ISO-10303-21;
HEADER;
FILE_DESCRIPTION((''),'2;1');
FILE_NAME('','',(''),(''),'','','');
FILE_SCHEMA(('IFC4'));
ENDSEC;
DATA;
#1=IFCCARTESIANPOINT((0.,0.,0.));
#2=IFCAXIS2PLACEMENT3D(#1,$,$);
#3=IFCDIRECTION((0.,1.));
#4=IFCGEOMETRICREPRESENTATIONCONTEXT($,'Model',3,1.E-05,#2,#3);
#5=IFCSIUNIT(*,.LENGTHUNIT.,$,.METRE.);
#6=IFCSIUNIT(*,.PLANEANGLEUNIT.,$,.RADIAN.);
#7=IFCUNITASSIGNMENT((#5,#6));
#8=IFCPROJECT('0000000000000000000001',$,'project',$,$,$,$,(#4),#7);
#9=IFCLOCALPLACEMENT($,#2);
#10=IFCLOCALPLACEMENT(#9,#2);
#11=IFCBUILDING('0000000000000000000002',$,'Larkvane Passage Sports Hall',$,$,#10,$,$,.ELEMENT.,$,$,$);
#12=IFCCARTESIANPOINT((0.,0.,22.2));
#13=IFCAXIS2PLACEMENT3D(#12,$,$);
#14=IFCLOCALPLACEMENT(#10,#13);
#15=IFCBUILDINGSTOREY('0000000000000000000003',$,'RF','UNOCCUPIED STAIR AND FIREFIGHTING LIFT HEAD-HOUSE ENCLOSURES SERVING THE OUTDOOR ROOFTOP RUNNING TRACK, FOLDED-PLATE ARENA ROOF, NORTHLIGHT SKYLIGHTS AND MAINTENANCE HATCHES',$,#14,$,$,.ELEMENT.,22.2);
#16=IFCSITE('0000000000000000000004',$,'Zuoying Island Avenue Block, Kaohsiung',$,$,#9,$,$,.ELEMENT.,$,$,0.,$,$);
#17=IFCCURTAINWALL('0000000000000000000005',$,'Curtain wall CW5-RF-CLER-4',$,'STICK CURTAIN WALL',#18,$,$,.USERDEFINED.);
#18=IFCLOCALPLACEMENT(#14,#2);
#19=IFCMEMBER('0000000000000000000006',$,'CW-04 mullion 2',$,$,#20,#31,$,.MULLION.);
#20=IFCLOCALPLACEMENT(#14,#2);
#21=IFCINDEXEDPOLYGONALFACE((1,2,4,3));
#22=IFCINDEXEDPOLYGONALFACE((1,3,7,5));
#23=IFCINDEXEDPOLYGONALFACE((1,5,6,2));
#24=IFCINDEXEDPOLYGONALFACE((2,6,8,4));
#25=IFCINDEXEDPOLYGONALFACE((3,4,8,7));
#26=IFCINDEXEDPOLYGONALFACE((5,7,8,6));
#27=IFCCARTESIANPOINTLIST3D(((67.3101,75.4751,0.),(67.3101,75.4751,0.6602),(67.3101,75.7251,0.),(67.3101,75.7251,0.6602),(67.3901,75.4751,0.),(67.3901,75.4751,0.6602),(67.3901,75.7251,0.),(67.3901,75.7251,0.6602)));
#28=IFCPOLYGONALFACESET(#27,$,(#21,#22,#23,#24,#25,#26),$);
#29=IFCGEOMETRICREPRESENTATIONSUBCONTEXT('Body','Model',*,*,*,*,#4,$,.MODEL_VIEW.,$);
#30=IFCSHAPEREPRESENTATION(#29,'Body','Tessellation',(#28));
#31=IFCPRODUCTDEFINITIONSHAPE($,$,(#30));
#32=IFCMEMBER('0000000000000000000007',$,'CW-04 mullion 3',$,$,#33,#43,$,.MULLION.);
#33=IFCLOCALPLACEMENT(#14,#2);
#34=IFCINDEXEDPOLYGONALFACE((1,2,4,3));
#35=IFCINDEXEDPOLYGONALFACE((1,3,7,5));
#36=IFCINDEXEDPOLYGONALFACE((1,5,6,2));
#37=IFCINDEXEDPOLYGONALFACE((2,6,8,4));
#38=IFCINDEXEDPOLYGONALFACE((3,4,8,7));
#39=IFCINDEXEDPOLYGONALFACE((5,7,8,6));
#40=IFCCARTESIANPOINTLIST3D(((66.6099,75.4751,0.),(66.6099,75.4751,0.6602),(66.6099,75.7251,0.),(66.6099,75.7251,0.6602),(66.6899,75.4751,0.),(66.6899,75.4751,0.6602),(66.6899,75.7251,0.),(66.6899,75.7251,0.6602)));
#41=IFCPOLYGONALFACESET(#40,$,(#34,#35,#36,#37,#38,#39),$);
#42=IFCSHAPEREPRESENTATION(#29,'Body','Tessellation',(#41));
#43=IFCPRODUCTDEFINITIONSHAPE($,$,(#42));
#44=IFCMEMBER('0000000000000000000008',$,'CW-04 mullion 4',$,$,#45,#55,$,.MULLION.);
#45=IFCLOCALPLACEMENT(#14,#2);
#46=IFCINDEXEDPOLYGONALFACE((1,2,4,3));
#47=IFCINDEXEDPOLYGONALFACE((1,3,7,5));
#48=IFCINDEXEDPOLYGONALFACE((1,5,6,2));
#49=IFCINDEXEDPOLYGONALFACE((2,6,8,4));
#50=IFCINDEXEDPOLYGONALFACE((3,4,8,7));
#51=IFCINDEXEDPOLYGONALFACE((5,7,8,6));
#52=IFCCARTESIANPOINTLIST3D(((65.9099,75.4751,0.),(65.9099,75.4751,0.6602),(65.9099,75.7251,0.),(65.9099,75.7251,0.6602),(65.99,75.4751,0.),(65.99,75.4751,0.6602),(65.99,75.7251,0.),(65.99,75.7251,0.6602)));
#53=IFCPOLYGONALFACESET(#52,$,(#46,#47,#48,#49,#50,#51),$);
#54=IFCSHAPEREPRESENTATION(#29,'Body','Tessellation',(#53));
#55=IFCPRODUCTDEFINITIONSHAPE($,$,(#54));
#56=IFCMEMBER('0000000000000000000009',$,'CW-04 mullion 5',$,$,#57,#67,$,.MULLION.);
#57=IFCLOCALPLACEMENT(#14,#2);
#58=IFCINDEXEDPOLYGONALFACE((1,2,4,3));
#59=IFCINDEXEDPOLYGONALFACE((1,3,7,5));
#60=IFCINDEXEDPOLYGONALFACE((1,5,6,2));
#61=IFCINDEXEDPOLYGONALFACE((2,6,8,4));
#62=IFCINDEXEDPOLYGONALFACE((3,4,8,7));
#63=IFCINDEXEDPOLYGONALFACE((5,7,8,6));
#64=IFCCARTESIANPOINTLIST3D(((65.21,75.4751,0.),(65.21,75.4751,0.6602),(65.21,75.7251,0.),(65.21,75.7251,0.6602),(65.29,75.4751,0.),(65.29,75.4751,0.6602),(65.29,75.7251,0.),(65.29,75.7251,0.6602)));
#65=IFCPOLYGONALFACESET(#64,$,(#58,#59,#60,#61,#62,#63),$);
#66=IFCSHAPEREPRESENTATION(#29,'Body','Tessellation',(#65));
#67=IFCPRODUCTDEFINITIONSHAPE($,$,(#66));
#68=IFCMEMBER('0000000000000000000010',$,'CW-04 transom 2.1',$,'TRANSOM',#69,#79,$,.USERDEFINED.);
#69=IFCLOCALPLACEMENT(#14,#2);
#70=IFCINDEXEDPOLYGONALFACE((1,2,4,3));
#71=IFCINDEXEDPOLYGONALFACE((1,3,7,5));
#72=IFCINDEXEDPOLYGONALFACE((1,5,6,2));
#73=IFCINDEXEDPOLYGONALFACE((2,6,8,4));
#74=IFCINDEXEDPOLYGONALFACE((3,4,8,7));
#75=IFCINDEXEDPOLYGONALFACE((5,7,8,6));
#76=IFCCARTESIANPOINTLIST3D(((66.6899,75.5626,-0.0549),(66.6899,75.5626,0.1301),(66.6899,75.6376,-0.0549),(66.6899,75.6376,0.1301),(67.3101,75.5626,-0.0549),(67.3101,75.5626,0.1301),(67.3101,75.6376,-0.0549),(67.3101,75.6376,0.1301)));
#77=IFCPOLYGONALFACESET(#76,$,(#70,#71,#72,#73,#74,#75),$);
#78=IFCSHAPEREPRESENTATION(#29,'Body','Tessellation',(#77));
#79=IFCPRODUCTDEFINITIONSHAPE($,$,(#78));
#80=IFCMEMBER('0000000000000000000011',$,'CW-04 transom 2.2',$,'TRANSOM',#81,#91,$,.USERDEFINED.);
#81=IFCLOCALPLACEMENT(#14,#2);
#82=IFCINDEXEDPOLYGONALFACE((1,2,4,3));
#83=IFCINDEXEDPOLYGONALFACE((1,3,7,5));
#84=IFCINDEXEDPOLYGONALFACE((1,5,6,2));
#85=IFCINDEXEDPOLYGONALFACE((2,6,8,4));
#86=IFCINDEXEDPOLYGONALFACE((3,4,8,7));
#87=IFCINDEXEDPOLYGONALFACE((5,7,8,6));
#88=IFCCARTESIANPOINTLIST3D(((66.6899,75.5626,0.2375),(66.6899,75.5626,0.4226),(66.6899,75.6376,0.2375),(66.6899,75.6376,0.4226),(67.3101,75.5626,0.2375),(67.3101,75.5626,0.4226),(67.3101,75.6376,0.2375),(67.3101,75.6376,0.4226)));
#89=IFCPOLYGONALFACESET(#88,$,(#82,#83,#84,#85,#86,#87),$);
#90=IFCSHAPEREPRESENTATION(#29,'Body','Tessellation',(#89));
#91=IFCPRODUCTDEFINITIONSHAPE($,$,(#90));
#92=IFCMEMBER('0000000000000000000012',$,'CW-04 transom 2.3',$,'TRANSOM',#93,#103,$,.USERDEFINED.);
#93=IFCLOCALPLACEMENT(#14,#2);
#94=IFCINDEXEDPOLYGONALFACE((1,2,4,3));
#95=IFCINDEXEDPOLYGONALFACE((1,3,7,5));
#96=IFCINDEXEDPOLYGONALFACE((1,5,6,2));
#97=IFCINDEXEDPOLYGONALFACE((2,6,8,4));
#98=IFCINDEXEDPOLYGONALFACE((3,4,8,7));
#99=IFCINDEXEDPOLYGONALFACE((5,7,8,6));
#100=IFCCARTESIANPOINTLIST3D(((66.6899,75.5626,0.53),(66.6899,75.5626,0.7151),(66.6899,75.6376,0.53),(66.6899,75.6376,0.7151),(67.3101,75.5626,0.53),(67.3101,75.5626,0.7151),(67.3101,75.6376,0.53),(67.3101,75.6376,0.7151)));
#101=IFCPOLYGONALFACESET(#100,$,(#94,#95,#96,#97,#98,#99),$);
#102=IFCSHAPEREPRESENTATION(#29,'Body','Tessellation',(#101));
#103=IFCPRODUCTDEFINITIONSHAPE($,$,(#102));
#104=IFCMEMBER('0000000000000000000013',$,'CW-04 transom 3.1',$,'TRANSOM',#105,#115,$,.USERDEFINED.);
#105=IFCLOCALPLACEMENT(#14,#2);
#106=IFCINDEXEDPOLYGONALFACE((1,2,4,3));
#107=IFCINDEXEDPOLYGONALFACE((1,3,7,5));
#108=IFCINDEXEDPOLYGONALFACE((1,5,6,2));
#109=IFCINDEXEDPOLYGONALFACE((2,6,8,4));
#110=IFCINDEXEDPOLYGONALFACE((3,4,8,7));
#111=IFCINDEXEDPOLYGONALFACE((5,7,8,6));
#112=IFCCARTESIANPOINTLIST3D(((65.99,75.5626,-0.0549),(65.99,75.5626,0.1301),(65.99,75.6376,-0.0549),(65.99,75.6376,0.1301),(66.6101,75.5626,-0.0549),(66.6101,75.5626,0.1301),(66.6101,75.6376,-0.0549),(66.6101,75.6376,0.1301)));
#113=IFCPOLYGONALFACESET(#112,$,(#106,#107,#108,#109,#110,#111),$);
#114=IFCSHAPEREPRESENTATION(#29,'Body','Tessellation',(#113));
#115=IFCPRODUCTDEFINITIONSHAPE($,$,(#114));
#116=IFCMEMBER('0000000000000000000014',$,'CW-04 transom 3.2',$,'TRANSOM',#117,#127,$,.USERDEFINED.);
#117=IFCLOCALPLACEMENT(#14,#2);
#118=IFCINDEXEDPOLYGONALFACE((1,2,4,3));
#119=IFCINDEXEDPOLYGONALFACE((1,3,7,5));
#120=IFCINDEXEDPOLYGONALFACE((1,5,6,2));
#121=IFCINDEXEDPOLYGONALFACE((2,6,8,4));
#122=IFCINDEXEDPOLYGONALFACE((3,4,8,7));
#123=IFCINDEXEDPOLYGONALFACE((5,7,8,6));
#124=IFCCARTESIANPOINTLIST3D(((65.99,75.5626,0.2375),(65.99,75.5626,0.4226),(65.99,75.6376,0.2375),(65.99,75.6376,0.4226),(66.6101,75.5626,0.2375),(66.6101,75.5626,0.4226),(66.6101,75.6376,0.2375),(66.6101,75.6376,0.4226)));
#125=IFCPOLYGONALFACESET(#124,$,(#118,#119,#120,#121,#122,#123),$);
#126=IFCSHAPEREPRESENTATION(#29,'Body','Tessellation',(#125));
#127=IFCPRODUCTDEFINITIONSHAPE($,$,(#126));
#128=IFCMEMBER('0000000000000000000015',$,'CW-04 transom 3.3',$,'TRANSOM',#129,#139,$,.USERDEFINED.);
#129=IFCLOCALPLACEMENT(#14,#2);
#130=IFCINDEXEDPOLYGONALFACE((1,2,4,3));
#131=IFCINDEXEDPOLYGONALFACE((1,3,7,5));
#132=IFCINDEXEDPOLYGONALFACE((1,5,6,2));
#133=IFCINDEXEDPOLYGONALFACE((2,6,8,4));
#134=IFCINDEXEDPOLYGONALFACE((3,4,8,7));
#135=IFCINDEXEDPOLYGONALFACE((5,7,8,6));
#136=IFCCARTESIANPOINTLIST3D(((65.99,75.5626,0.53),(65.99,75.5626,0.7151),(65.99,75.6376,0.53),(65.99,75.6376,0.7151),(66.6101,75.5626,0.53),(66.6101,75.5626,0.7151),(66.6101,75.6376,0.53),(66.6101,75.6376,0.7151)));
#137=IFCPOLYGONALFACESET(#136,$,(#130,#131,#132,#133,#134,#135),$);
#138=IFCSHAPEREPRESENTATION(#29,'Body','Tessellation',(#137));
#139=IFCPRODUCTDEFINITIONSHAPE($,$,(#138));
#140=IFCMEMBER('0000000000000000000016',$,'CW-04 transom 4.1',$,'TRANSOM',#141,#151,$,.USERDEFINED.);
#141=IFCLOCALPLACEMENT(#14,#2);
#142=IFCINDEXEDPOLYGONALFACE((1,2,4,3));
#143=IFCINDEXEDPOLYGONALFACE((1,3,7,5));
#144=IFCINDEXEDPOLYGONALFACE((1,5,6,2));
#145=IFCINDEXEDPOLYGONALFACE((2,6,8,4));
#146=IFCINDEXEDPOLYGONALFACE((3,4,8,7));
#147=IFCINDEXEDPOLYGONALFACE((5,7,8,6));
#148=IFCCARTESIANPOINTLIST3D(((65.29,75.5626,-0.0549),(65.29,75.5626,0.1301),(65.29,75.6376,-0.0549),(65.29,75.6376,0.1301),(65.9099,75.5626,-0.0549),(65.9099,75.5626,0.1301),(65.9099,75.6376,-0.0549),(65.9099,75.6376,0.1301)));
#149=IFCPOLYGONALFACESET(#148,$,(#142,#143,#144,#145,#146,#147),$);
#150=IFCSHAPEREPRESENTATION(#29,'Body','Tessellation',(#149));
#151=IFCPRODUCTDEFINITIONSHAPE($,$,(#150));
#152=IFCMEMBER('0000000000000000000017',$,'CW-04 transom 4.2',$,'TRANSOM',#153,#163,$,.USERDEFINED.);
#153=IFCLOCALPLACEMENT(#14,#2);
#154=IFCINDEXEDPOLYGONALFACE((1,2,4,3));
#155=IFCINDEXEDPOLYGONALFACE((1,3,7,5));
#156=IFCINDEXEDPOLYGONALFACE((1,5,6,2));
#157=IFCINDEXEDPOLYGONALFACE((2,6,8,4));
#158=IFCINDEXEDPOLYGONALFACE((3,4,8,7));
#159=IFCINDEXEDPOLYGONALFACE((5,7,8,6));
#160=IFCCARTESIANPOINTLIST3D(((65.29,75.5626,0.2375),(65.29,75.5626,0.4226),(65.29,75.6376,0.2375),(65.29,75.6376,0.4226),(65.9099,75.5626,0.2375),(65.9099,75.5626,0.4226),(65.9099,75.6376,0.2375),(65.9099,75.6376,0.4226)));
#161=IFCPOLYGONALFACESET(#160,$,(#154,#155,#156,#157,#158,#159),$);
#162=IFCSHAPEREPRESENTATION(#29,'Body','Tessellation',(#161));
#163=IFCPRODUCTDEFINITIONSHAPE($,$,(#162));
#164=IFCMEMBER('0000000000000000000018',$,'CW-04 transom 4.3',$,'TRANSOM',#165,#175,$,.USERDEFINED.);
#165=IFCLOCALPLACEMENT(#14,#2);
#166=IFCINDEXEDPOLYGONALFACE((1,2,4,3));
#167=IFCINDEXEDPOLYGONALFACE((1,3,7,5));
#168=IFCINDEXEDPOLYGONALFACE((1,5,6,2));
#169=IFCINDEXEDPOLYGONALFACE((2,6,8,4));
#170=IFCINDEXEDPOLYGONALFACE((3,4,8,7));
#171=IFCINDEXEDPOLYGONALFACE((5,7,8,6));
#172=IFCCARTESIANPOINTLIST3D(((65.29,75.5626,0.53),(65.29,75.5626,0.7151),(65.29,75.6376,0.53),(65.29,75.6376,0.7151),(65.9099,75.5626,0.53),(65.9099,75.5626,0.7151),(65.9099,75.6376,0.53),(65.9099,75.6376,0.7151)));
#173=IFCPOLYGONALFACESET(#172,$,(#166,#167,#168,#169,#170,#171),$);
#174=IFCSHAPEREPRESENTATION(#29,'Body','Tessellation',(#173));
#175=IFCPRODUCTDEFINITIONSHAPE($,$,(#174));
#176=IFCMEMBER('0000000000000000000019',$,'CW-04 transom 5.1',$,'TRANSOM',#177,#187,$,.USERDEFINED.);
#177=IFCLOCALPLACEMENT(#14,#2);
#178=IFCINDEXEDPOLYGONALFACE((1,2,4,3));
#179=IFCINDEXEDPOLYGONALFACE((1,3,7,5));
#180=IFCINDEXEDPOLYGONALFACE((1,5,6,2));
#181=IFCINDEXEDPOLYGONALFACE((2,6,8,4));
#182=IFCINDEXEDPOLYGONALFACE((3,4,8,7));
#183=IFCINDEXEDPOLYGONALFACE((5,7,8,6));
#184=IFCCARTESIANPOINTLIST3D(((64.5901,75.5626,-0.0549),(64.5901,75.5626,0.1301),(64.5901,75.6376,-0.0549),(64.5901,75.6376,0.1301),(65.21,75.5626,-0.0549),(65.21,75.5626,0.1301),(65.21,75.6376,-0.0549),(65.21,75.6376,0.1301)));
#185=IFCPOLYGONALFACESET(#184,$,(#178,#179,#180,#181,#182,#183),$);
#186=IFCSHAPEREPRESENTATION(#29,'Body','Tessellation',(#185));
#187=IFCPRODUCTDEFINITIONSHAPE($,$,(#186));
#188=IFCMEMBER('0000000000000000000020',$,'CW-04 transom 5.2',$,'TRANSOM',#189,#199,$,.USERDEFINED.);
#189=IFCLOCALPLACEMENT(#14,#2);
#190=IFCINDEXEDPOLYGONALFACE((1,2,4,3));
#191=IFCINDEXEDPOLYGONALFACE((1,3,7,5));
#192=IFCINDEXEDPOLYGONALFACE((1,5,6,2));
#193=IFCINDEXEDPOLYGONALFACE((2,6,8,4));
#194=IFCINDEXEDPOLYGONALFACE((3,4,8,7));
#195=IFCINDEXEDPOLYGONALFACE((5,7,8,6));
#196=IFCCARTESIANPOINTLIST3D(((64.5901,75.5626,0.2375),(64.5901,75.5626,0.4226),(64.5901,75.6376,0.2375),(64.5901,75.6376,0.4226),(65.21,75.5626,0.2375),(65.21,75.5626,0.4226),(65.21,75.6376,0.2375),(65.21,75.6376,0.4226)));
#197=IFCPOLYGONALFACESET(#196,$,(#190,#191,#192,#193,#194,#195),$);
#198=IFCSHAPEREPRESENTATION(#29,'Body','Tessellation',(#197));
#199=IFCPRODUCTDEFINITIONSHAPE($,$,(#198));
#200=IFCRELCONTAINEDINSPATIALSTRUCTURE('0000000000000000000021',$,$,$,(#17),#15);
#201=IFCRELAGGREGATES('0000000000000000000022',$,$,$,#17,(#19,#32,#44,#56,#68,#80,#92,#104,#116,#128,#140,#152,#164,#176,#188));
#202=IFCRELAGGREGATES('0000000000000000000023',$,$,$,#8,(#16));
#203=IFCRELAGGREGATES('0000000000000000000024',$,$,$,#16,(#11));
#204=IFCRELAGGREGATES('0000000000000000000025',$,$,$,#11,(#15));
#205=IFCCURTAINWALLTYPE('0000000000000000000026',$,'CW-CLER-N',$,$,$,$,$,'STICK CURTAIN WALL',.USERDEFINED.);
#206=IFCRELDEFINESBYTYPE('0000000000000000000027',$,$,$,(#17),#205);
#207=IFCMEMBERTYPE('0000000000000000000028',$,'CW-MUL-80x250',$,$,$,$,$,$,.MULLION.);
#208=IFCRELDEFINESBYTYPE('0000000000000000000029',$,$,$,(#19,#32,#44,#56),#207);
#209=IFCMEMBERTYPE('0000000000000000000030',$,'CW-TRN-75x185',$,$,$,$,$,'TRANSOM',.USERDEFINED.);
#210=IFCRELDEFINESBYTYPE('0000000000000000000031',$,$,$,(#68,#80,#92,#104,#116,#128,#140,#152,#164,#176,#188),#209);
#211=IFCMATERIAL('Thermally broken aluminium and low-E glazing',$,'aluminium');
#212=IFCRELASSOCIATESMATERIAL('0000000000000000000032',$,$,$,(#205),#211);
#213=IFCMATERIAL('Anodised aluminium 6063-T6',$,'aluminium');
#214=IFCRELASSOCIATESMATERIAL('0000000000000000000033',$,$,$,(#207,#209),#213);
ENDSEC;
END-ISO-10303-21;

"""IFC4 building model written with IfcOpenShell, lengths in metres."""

from ifc_helpers import new_model, si_unit, direction, frame, origin, origin_2d, place, context, subcontext, project, spatial, rectangle, extrude, material, material_profile, profile_set, type_object, element, aggregate, save


model = new_model("IFC4")

# Units and contexts
model_context = context("Model", 3, precision=1e-05, world=origin(), true_north=direction((0.0, 1.0)))
body_context = subcontext(model_context, "Body", "Model", "MODEL_VIEW")
ifc_project = project(units=[si_unit("LENGTHUNIT", "METRE"), si_unit("PLANEANGLEUNIT", "RADIAN")], contexts=[model_context])

# Site, building, storey
site_placement = place(None, origin())
site = spatial("IfcSite", under=ifc_project, at=site_placement, Name="Zuoying Island Avenue Block, Kaohsiung", CompositionType="ELEMENT", RefElevation=0.0)
building_placement = place(site_placement, origin())
building = spatial("IfcBuilding", under=site, at=building_placement, Name="Larkvane Passage Sports Hall", CompositionType="ELEMENT")
storey_placement = place(building_placement, frame((0.0, 0.0, 22.2)))
storey = spatial("IfcBuildingStorey", under=building, at=storey_placement, Name="RF", Description="UNOCCUPIED STAIR AND FIREFIGHTING LIFT HEAD-HOUSE ENCLOSURES SERVING THE OUTDOOR ROOFTOP RUNNING TRACK, FOLDED-PLATE ARENA ROOF, NORTHLIGHT SKYLIGHTS AND MAINTENANCE HATCHES", CompositionType="ELEMENT", Elevation=22.2)

# Curtain wall, members
ifc_material_1 = material(Name="Thermally broken aluminium and low-E glazing", Category="aluminium")
curtain_wall_type = type_object("IfcCurtainWallType", Name="CW-CLER-N", ElementType="STICK CURTAIN WALL", PredefinedType="USERDEFINED", material=ifc_material_1)
curtain_wall_placement = place(storey_placement, origin())
curtain_wall = element("IfcCurtainWall", 1, at=curtain_wall_placement, inside=storey, type_object=curtain_wall_type, Name="Curtain wall CW5-RF-CLER-4", ObjectType="STICK CURTAIN WALL", PredefinedType="USERDEFINED")
ifc_material_2 = material(Name="Anodised aluminium 6063-T6", Category="aluminium")
ifc_material_profile_1 = material_profile(ifc_material_2, rectangle(XDim=0.0801, YDim=0.25, at=origin_2d()), Name="ALU-MUL-80x250")
ifc_profile_set_1 = profile_set([ifc_material_profile_1], Name="Anodised aluminium 6063-T6")
member_type_1 = type_object("IfcMemberType", Name="CW-MUL-80x250", PredefinedType="MULLION", material=ifc_profile_set_1)
member_1_placement = place(storey_placement, frame((67.3501, 75.6001, 0.0), z_axis=(0.0, 0.0, 1.0), x_axis=(-1.0, 0.0, 0.0)))
member_1 = element("IfcMember", 2, at=member_1_placement, type_object=member_type_1, Name="CW-04 mullion 2", PredefinedType="MULLION", context=body_context, shape_type="SweptSolid", body=[
    extrude(rectangle(XDim=0.0801, YDim=0.25, at=origin_2d()), origin(), (0.0, 0.0, 1.0), 0.6602),
])
member_2_placement = place(storey_placement, frame((66.6499, 75.6001, 0.0), z_axis=(0.0, 0.0, 1.0), x_axis=(-1.0, 0.0, 0.0)))
member_2 = element("IfcMember", 3, at=member_2_placement, type_object=member_type_1, Name="CW-04 mullion 3", PredefinedType="MULLION", context=body_context, shape_type="SweptSolid", body=[
    extrude(rectangle(XDim=0.0801, YDim=0.25, at=origin_2d()), origin(), (0.0, 0.0, 1.0), 0.6602),
])
member_3_placement = place(storey_placement, frame((65.95, 75.6001, 0.0), z_axis=(0.0, 0.0, 1.0), x_axis=(-1.0, 0.0, 0.0)))
member_3 = element("IfcMember", 4, at=member_3_placement, type_object=member_type_1, Name="CW-04 mullion 4", PredefinedType="MULLION", context=body_context, shape_type="SweptSolid", body=[
    extrude(rectangle(XDim=0.0801, YDim=0.25, at=origin_2d()), origin(), (0.0, 0.0, 1.0), 0.6602),
])
member_4_placement = place(storey_placement, frame((65.25, 75.6001, 0.0), z_axis=(0.0, 0.0, 1.0), x_axis=(-1.0, 0.0, 0.0)))
member_4 = element("IfcMember", 5, at=member_4_placement, type_object=member_type_1, Name="CW-04 mullion 5", PredefinedType="MULLION", context=body_context, shape_type="SweptSolid", body=[
    extrude(rectangle(XDim=0.0801, YDim=0.25, at=origin_2d()), origin(), (0.0, 0.0, 1.0), 0.6602),
])
ifc_material_profile_2 = material_profile(ifc_material_2, rectangle(XDim=0.075, YDim=0.1851, at=origin_2d()), Name="ALU-TRN-75x185")
ifc_profile_set_2 = profile_set([ifc_material_profile_2], Name="Anodised aluminium 6063-T6")
member_type_2 = type_object("IfcMemberType", Name="CW-TRN-75x185", ElementType="TRANSOM", PredefinedType="USERDEFINED", material=ifc_profile_set_2)
member_5_placement = place(storey_placement, frame((67.3101, 75.6001, 0.0376), z_axis=(-1.0, 0.0, 0.0), x_axis=(0.0, -1.0, 0.0)))
member_5 = element("IfcMember", 6, at=member_5_placement, type_object=member_type_2, Name="CW-04 transom 2.1", ObjectType="TRANSOM", PredefinedType="USERDEFINED", context=body_context, shape_type="SweptSolid", body=[
    extrude(rectangle(XDim=0.075, YDim=0.1851, at=origin_2d()), origin(), (0.0, 0.0, 1.0), 0.6201),
])
member_6_placement = place(storey_placement, frame((67.3101, 75.6001, 0.3301), z_axis=(-1.0, 0.0, 0.0), x_axis=(0.0, -1.0, 0.0)))
member_6 = element("IfcMember", 7, at=member_6_placement, type_object=member_type_2, Name="CW-04 transom 2.2", ObjectType="TRANSOM", PredefinedType="USERDEFINED", context=body_context, shape_type="SweptSolid", body=[
    extrude(rectangle(XDim=0.075, YDim=0.1851, at=origin_2d()), origin(), (0.0, 0.0, 1.0), 0.6201),
])
member_7_placement = place(storey_placement, frame((67.3101, 75.6001, 0.6226), z_axis=(-1.0, 0.0, 0.0), x_axis=(0.0, -1.0, 0.0)))
member_7 = element("IfcMember", 8, at=member_7_placement, type_object=member_type_2, Name="CW-04 transom 2.3", ObjectType="TRANSOM", PredefinedType="USERDEFINED", context=body_context, shape_type="SweptSolid", body=[
    extrude(rectangle(XDim=0.075, YDim=0.1851, at=origin_2d()), origin(), (0.0, 0.0, 1.0), 0.6201),
])
member_8_placement = place(storey_placement, frame((66.6101, 75.6001, 0.0376), z_axis=(-1.0, 0.0, 0.0), x_axis=(0.0, -1.0, 0.0)))
member_8 = element("IfcMember", 9, at=member_8_placement, type_object=member_type_2, Name="CW-04 transom 3.1", ObjectType="TRANSOM", PredefinedType="USERDEFINED", context=body_context, shape_type="SweptSolid", body=[
    extrude(rectangle(XDim=0.075, YDim=0.1851, at=origin_2d()), origin(), (0.0, 0.0, 1.0), 0.6201),
])
member_9_placement = place(storey_placement, frame((66.6101, 75.6001, 0.3301), z_axis=(-1.0, 0.0, 0.0), x_axis=(0.0, -1.0, 0.0)))
member_9 = element("IfcMember", 10, at=member_9_placement, type_object=member_type_2, Name="CW-04 transom 3.2", ObjectType="TRANSOM", PredefinedType="USERDEFINED", context=body_context, shape_type="SweptSolid", body=[
    extrude(rectangle(XDim=0.075, YDim=0.1851, at=origin_2d()), origin(), (0.0, 0.0, 1.0), 0.6201),
])
member_10_placement = place(storey_placement, frame((66.6101, 75.6001, 0.6226), z_axis=(-1.0, 0.0, 0.0), x_axis=(0.0, -1.0, 0.0)))
member_10 = element("IfcMember", 11, at=member_10_placement, type_object=member_type_2, Name="CW-04 transom 3.3", ObjectType="TRANSOM", PredefinedType="USERDEFINED", context=body_context, shape_type="SweptSolid", body=[
    extrude(rectangle(XDim=0.075, YDim=0.1851, at=origin_2d()), origin(), (0.0, 0.0, 1.0), 0.6201),
])
member_11_placement = place(storey_placement, frame((65.9099, 75.6001, 0.0376), z_axis=(-1.0, 0.0, 0.0), x_axis=(0.0, -1.0, 0.0)))
member_11 = element("IfcMember", 12, at=member_11_placement, type_object=member_type_2, Name="CW-04 transom 4.1", ObjectType="TRANSOM", PredefinedType="USERDEFINED", context=body_context, shape_type="SweptSolid", body=[
    extrude(rectangle(XDim=0.075, YDim=0.1851, at=origin_2d()), origin(), (0.0, 0.0, 1.0), 0.6199),
])
member_12_placement = place(storey_placement, frame((65.9099, 75.6001, 0.3301), z_axis=(-1.0, 0.0, 0.0), x_axis=(0.0, -1.0, 0.0)))
member_12 = element("IfcMember", 13, at=member_12_placement, type_object=member_type_2, Name="CW-04 transom 4.2", ObjectType="TRANSOM", PredefinedType="USERDEFINED", context=body_context, shape_type="SweptSolid", body=[
    extrude(rectangle(XDim=0.075, YDim=0.1851, at=origin_2d()), origin(), (0.0, 0.0, 1.0), 0.6199),
])
member_13_placement = place(storey_placement, frame((65.9099, 75.6001, 0.6226), z_axis=(-1.0, 0.0, 0.0), x_axis=(0.0, -1.0, 0.0)))
member_13 = element("IfcMember", 14, at=member_13_placement, type_object=member_type_2, Name="CW-04 transom 4.3", ObjectType="TRANSOM", PredefinedType="USERDEFINED", context=body_context, shape_type="SweptSolid", body=[
    extrude(rectangle(XDim=0.075, YDim=0.1851, at=origin_2d()), origin(), (0.0, 0.0, 1.0), 0.6199),
])
member_14_placement = place(storey_placement, frame((65.21, 75.6001, 0.0376), z_axis=(-1.0, 0.0, 0.0), x_axis=(0.0, -1.0, 0.0)))
member_14 = element("IfcMember", 15, at=member_14_placement, type_object=member_type_2, Name="CW-04 transom 5.1", ObjectType="TRANSOM", PredefinedType="USERDEFINED", context=body_context, shape_type="SweptSolid", body=[
    extrude(rectangle(XDim=0.075, YDim=0.1851, at=origin_2d()), origin(), (0.0, 0.0, 1.0), 0.6199),
])
member_15_placement = place(storey_placement, frame((65.21, 75.6001, 0.3301), z_axis=(-1.0, 0.0, 0.0), x_axis=(0.0, -1.0, 0.0)))
member_15 = element("IfcMember", 16, at=member_15_placement, type_object=member_type_2, Name="CW-04 transom 5.2", ObjectType="TRANSOM", PredefinedType="USERDEFINED", context=body_context, shape_type="SweptSolid", body=[
    extrude(rectangle(XDim=0.075, YDim=0.1851, at=origin_2d()), origin(), (0.0, 0.0, 1.0), 0.6199),
])
aggregate(curtain_wall, [member_1, member_2, member_3, member_4, member_5, member_6, member_7, member_8, member_9, member_10, member_11, member_12, member_13, member_14, member_15])

save(model, "model.ifc")
